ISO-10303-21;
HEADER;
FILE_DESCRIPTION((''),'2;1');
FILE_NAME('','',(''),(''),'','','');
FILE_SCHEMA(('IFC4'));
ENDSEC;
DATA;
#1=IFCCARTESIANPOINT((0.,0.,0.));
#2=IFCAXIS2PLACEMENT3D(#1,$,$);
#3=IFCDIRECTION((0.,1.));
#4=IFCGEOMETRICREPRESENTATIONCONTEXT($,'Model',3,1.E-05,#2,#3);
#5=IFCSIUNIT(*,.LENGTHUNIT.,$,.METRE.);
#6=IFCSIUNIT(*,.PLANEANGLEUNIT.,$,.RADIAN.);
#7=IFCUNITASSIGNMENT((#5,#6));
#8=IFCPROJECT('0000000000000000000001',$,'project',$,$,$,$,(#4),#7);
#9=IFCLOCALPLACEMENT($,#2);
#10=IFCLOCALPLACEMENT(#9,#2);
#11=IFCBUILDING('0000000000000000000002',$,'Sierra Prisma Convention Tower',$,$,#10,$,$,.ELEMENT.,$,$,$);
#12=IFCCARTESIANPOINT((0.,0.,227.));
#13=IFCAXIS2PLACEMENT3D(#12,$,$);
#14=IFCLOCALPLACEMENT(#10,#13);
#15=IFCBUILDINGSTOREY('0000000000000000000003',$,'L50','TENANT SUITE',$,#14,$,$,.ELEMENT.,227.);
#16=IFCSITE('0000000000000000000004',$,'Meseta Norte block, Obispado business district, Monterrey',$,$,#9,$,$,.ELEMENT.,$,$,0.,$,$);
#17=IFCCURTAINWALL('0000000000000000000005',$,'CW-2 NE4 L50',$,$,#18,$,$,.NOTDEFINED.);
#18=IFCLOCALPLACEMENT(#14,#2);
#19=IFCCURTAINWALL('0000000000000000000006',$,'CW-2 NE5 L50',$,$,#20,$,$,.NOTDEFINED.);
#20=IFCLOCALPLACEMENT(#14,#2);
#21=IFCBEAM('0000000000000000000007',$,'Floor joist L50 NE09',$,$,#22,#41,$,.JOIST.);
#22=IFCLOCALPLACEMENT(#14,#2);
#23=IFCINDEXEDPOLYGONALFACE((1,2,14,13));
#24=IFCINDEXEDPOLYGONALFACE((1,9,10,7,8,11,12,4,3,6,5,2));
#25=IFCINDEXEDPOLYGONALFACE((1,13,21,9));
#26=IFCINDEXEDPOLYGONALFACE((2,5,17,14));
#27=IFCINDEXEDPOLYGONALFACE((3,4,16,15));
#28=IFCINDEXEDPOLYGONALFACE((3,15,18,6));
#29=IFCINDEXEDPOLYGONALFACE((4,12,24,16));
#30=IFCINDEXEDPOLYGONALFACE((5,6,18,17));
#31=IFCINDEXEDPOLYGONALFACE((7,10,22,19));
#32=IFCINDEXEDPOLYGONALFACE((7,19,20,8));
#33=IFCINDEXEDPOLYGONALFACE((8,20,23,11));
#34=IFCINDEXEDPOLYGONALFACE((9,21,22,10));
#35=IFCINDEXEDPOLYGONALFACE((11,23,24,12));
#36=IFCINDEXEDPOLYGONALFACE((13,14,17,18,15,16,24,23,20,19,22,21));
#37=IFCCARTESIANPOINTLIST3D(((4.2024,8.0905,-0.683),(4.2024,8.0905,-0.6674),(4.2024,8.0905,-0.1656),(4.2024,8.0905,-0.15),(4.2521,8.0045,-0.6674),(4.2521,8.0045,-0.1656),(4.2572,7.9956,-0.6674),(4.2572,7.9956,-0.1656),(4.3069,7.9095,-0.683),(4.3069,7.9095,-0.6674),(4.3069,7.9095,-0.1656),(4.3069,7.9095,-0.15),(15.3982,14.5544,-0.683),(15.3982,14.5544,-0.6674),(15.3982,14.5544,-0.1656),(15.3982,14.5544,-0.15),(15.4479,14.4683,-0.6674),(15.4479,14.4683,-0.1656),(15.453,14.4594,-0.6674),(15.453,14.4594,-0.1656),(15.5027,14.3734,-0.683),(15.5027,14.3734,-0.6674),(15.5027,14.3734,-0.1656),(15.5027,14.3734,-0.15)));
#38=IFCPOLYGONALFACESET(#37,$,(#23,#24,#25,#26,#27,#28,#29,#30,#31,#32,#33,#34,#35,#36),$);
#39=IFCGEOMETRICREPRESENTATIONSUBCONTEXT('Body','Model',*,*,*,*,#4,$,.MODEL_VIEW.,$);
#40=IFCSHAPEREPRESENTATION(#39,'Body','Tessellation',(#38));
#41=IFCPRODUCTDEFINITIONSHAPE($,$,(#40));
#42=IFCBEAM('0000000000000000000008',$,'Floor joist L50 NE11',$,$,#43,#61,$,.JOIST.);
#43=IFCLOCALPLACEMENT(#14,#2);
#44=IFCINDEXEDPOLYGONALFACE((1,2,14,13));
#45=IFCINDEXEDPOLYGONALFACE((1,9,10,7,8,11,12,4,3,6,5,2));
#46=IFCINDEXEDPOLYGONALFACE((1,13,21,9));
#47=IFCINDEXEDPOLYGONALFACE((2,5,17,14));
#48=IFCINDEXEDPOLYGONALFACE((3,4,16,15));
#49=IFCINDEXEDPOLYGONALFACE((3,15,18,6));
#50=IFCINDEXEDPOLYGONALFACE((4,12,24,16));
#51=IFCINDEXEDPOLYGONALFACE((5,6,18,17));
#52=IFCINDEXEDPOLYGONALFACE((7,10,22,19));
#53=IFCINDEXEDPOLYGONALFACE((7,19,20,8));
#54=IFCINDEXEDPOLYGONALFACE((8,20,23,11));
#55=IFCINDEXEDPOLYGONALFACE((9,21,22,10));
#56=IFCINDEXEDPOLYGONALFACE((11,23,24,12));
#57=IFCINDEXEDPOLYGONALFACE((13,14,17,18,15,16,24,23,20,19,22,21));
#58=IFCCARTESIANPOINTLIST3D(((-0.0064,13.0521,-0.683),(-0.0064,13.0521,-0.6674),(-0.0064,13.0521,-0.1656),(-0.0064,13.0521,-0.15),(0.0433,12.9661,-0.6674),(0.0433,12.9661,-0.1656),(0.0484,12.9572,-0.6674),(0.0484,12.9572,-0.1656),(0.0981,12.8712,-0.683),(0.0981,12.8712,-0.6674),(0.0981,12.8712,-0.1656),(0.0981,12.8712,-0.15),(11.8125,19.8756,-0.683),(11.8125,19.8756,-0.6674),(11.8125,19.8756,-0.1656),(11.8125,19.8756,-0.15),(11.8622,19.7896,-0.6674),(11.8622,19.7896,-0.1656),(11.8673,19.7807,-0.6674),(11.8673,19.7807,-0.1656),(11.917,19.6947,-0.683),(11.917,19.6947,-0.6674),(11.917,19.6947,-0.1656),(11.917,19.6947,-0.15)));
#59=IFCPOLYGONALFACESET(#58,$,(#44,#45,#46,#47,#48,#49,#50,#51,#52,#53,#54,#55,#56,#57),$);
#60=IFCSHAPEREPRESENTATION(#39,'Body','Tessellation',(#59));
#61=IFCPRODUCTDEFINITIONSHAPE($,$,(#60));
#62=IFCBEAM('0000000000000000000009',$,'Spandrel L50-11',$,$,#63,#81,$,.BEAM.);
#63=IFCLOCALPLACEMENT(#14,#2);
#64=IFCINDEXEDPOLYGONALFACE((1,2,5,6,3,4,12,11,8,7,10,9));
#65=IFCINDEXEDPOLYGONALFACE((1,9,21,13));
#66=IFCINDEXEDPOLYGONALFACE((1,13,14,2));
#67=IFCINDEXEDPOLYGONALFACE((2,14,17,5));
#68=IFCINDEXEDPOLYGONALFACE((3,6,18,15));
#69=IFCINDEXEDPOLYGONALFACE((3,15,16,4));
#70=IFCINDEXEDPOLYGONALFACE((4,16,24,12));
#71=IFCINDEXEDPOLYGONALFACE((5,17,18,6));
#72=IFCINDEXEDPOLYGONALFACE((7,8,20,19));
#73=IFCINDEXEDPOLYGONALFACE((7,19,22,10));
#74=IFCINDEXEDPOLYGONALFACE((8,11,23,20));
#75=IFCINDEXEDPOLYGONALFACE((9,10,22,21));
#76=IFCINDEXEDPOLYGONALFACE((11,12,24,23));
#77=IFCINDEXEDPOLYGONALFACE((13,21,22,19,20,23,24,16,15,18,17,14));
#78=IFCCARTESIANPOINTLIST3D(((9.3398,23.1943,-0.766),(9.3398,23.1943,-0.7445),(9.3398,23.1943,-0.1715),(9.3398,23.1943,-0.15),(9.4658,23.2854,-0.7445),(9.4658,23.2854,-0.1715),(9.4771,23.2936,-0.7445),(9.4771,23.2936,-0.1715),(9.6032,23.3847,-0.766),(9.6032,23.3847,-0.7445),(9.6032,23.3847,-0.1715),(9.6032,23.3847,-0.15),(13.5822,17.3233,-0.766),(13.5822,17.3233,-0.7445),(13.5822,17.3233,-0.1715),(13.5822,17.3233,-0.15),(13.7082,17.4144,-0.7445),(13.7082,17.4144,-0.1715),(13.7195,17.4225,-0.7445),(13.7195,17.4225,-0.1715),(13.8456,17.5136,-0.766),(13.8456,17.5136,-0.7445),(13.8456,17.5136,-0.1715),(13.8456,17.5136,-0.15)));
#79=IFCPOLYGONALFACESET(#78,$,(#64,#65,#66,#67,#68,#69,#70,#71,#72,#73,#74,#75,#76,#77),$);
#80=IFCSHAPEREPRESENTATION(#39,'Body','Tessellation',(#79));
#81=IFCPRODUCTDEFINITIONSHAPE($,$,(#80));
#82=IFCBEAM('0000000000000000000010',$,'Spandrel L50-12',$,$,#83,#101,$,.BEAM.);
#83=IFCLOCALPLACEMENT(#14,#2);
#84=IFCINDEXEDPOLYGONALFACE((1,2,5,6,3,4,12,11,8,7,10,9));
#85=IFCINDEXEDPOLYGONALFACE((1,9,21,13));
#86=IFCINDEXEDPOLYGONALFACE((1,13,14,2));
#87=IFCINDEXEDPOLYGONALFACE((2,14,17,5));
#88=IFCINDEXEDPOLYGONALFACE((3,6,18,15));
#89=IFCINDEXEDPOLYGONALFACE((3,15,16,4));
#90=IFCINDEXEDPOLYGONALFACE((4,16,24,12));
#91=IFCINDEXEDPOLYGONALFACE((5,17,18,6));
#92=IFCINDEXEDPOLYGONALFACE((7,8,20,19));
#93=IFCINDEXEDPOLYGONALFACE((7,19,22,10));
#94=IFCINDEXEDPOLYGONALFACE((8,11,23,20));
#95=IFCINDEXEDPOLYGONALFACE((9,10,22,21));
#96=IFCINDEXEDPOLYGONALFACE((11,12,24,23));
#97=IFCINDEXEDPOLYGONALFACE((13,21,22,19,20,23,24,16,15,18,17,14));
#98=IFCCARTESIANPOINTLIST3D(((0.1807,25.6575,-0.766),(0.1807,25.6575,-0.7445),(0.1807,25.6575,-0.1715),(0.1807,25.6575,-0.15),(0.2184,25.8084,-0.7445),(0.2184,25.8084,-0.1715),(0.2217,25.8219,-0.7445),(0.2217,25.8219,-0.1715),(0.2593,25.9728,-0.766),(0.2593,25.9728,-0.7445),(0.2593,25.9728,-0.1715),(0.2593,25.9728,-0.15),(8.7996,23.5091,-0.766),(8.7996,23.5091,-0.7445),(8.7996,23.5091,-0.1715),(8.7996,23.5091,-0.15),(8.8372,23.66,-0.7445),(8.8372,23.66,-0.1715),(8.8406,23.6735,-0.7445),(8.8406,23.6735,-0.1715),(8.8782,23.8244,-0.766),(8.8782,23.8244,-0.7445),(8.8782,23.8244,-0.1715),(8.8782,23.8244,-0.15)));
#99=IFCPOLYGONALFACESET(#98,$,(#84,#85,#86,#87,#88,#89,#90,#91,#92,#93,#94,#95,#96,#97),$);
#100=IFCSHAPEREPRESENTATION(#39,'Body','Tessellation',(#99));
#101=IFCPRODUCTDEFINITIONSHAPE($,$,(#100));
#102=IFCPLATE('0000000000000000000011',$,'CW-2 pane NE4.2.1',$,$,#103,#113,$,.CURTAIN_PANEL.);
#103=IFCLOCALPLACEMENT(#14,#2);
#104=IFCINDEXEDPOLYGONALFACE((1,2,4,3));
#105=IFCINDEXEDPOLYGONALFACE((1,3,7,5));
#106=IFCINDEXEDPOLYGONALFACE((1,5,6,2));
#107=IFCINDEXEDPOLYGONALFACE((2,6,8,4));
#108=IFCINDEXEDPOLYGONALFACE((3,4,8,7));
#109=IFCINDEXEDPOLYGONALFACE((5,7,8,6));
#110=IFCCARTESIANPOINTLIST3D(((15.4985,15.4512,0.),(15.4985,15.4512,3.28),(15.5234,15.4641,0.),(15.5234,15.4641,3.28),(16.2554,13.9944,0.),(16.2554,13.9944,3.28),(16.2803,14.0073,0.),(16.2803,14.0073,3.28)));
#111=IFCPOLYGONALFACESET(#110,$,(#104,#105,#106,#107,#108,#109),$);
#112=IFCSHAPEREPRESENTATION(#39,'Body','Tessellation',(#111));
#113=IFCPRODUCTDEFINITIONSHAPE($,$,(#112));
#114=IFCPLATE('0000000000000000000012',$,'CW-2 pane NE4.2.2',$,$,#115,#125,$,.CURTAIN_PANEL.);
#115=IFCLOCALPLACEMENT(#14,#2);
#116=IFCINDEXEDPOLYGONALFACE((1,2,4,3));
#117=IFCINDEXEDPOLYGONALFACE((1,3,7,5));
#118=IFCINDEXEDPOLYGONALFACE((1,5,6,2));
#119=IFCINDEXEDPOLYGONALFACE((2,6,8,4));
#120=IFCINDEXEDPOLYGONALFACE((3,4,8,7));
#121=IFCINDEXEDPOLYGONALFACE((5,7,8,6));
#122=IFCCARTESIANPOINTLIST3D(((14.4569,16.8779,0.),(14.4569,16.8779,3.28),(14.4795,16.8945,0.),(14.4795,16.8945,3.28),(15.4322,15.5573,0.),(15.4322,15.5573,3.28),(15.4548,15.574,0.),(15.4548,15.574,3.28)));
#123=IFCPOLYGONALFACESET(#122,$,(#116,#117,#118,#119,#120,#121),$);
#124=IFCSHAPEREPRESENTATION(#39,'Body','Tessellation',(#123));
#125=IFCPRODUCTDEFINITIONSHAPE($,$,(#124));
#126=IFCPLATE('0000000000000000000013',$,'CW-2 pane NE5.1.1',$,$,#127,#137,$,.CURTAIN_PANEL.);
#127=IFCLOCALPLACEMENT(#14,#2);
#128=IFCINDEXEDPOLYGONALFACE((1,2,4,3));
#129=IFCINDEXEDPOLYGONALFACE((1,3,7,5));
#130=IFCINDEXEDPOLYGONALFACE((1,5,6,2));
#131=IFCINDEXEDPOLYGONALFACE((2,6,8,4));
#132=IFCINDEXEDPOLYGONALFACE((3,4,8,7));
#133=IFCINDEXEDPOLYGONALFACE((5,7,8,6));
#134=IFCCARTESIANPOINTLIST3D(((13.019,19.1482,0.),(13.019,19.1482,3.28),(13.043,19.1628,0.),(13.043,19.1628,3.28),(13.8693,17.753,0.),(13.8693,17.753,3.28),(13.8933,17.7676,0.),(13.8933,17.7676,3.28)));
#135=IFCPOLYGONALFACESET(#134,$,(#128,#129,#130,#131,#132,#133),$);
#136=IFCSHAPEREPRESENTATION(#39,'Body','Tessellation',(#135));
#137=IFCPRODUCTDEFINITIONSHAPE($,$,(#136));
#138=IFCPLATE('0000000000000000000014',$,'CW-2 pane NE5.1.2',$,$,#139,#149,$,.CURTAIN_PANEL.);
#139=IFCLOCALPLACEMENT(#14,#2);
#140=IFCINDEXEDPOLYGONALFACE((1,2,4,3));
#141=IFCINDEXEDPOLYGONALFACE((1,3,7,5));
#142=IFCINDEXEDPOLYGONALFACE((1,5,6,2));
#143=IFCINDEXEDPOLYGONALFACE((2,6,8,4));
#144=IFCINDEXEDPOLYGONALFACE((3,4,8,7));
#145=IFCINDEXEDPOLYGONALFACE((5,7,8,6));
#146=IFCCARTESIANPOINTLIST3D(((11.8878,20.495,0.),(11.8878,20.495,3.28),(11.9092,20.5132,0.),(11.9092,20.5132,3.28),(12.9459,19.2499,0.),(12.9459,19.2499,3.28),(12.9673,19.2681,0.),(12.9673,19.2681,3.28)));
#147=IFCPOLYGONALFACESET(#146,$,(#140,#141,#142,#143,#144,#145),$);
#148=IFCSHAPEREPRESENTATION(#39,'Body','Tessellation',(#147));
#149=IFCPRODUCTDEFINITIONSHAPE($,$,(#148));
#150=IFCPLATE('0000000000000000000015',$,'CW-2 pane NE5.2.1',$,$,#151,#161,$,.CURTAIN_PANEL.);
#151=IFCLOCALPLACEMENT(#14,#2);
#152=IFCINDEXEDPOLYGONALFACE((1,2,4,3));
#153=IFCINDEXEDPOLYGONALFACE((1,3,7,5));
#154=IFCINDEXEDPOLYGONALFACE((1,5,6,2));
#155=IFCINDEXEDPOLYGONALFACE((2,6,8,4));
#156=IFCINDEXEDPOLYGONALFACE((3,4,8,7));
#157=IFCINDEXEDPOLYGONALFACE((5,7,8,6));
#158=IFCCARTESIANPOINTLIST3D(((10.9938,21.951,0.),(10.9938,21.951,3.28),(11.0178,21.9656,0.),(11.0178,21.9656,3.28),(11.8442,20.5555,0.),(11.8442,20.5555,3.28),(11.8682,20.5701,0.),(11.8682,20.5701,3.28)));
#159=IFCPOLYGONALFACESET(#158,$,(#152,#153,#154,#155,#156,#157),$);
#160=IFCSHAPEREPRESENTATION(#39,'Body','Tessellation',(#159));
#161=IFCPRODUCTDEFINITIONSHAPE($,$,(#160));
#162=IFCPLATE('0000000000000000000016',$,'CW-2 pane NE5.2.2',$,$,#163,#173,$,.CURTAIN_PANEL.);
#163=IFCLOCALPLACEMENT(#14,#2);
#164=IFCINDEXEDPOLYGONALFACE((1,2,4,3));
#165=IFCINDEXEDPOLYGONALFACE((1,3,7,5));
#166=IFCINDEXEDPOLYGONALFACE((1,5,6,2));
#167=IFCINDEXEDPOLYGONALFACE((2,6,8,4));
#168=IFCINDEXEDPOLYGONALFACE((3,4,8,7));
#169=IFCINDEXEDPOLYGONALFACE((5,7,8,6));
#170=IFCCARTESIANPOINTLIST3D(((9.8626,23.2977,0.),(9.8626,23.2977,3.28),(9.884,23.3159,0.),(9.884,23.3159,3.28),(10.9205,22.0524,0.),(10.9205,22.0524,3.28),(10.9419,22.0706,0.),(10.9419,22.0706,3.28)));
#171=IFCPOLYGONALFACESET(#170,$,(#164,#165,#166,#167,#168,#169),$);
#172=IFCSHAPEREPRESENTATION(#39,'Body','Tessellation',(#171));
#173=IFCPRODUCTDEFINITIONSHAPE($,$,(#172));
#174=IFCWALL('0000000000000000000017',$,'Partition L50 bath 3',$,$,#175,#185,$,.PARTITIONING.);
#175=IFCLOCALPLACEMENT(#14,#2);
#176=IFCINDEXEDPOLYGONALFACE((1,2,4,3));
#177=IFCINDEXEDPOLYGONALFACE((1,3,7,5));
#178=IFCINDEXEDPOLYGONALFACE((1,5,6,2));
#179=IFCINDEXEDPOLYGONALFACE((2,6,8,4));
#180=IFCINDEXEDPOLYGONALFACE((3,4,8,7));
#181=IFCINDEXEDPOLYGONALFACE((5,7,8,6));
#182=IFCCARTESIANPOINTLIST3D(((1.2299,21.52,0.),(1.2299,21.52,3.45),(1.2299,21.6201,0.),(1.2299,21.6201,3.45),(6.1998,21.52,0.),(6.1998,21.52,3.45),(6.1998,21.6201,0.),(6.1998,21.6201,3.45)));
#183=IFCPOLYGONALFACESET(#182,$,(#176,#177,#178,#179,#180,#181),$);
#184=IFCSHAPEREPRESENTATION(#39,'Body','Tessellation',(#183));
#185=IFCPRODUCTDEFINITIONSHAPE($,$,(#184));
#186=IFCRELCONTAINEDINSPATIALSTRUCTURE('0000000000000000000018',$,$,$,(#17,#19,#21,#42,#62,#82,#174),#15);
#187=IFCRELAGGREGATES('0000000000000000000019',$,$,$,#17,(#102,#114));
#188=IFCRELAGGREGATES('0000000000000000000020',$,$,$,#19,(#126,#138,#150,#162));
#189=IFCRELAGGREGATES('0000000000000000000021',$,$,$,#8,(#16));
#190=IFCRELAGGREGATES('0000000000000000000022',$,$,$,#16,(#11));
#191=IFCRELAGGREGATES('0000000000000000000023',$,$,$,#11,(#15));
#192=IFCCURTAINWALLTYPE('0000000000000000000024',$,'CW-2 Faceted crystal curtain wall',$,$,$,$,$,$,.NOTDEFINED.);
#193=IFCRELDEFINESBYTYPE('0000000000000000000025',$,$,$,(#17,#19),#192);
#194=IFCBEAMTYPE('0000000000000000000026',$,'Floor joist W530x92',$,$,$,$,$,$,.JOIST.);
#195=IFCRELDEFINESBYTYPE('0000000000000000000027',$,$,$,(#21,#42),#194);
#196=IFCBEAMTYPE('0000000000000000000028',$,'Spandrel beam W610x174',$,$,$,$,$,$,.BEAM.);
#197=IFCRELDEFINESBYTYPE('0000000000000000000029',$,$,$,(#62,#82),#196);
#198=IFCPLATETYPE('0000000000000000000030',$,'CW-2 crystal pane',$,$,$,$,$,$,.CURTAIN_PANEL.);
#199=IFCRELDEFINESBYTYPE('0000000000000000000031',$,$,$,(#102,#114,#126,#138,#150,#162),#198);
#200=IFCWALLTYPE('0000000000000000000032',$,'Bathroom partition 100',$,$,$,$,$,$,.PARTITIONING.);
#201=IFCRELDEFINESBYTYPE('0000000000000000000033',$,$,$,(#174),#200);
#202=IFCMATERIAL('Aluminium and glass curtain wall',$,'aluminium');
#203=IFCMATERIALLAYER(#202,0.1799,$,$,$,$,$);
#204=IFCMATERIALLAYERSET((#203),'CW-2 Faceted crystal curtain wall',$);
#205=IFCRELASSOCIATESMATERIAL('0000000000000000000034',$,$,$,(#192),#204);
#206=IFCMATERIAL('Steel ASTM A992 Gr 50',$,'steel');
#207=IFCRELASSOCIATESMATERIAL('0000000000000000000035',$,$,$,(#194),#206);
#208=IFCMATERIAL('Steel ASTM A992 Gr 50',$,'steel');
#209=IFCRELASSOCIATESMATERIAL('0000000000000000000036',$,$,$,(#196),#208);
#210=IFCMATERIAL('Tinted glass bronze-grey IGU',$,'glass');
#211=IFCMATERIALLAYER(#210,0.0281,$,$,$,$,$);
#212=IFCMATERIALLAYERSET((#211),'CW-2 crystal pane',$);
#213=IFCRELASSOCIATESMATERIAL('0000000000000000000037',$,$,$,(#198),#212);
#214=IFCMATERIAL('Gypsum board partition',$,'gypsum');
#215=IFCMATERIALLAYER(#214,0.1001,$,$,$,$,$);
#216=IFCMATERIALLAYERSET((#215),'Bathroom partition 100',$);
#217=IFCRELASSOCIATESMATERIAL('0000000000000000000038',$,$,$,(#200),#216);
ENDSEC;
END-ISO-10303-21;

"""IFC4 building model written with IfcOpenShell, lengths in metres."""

from ifc_helpers import new_model, si_unit, direction, frame, frame_2d, origin, origin_2d, place, context, subcontext, project, spatial, polyline, rectangle, i_section, outline, extrude, material, layer, layer_set, material_profile, profile_set, type_object, element, aggregate, save


model = new_model("IFC4")

# Units and contexts
model_context = context("Model", 3, precision=1e-05, world=origin(), true_north=direction((0.0, 1.0)))
body_context = subcontext(model_context, "Body", "Model", "MODEL_VIEW")
ifc_project = project(units=[si_unit("LENGTHUNIT", "METRE"), si_unit("PLANEANGLEUNIT", "RADIAN")], contexts=[model_context])

# Site, building, storey
site_placement = place(None, origin())
site = spatial("IfcSite", under=ifc_project, at=site_placement, Name="Meseta Norte block, Obispado business district, Monterrey", CompositionType="ELEMENT", RefElevation=0.0)
building_placement = place(site_placement, origin())
building = spatial("IfcBuilding", under=site, at=building_placement, Name="Sierra Prisma Convention Tower", CompositionType="ELEMENT")
storey_placement = place(building_placement, frame((0.0, 0.0, 227.0)))
storey = spatial("IfcBuildingStorey", under=building, at=storey_placement, Name="L50", Description="TENANT SUITE", CompositionType="ELEMENT", Elevation=227.0)

# Curtain wall
ifc_material_1 = material(Name="Aluminium and glass curtain wall", Category="aluminium")
ifc_layer_1 = layer(ifc_material_1, 0.1799)
ifc_layer_set_1 = layer_set([ifc_layer_1], Name="CW-2 Faceted crystal curtain wall")
curtain_wall_type = type_object("IfcCurtainWallType", Name="CW-2 Faceted crystal curtain wall", PredefinedType="NOTDEFINED", material=ifc_layer_set_1)
curtain_wall_1_placement = place(storey_placement, origin())
curtain_wall_1 = element("IfcCurtainWall", 1, at=curtain_wall_1_placement, inside=storey, type_object=curtain_wall_type, Name="CW-2 NE4 L50", PredefinedType="NOTDEFINED")

# Curtain wall
curtain_wall_2_placement = place(storey_placement, origin())
curtain_wall_2 = element("IfcCurtainWall", 2, at=curtain_wall_2_placement, inside=storey, type_object=curtain_wall_type, Name="CW-2 NE5 L50", PredefinedType="NOTDEFINED")

# Beams
ifc_material_2 = material(Name="Steel ASTM A992 Gr 50", Category="steel")
ifc_material_profile_1 = material_profile(ifc_material_2, i_section(OverallWidth=0.209, OverallDepth=0.533, WebThickness=0.0103, FlangeThickness=0.0156, at=origin_2d()), Name="W530x92")
ifc_profile_set_1 = profile_set([ifc_material_profile_1], Name="Steel ASTM A992 Gr 50")
beam_type_1 = type_object("IfcBeamType", Name="Floor joist W530x92", PredefinedType="JOIST", material=ifc_profile_set_1)
beam_1_placement = place(storey_placement, frame((15.4504, 14.4639, -0.4165), z_axis=(-0.866026, -0.499998, 0.0), x_axis=(0.499998, -0.866026, 0.0)))
element("IfcBeam", 3, at=beam_1_placement, inside=storey, type_object=beam_type_1, Name="Floor joist L50 NE09", PredefinedType="JOIST", context=body_context, shape_type="SweptSolid", body=[
    extrude(i_section(OverallWidth=0.209, OverallDepth=0.533, WebThickness=0.0103, FlangeThickness=0.0156, at=origin_2d()), origin(), (0.0, 0.0, 1.0), 12.9277),
])
beam_2_placement = place(storey_placement, frame((11.8647, 19.7852, -0.4165), z_axis=(-0.866029, -0.499993, 0.0), x_axis=(0.499993, -0.866029, 0.0)))
element("IfcBeam", 4, at=beam_2_placement, inside=storey, type_object=beam_type_1, Name="Floor joist L50 NE11", PredefinedType="JOIST", context=body_context, shape_type="SweptSolid", body=[
    extrude(i_section(OverallWidth=0.209, OverallDepth=0.533, WebThickness=0.0103, FlangeThickness=0.0156, at=origin_2d()), origin(), (0.0, 0.0, 1.0), 13.6472),
])
ifc_material_3 = material(Name="Steel ASTM A992 Gr 50", Category="steel")
ifc_material_profile_2 = material_profile(ifc_material_3, i_section(OverallWidth=0.325, OverallDepth=0.616, WebThickness=0.0139, FlangeThickness=0.0215, at=origin_2d()), Name="W610x174")
ifc_profile_set_2 = profile_set([ifc_material_profile_2], Name="Steel ASTM A992 Gr 50")
beam_type_2 = type_object("IfcBeamType", Name="Spandrel beam W610x174", PredefinedType="BEAM", material=ifc_profile_set_2)
beam_3_placement = place(storey_placement, frame((13.7139, 17.4185, -0.458), z_axis=(-0.58569, 0.810535, 0.0), x_axis=(-0.810535, -0.58569, 0.0)))
element("IfcBeam", 5, at=beam_3_placement, inside=storey, type_object=beam_type_2, Name="Spandrel L50-11", PredefinedType="BEAM", context=body_context, shape_type="SweptSolid", body=[
    extrude(i_section(OverallWidth=0.325, OverallDepth=0.616, WebThickness=0.0139, FlangeThickness=0.0215, at=origin_2d()), origin(), (0.0, 0.0, 1.0), 7.2434),
])
beam_4_placement = place(storey_placement, frame((8.8389, 23.6667, -0.458), z_axis=(-0.970309, 0.241869, 0.0), x_axis=(-0.241869, -0.970309, 0.0)))
element("IfcBeam", 6, at=beam_4_placement, inside=storey, type_object=beam_type_2, Name="Spandrel L50-12", PredefinedType="BEAM", context=body_context, shape_type="SweptSolid", body=[
    extrude(i_section(OverallWidth=0.325, OverallDepth=0.616, WebThickness=0.0139, FlangeThickness=0.0215, at=origin_2d()), origin(), (0.0, 0.0, 1.0), 8.8826),
])

# Plates
ifc_material_4 = material(Name="Tinted glass bronze-grey IGU", Category="glass")
ifc_layer_2 = layer(ifc_material_4, 0.0281)
ifc_layer_set_2 = layer_set([ifc_layer_2], Name="CW-2 crystal pane")
plate_type = type_object("IfcPlateType", Name="CW-2 crystal pane", PredefinedType="CURTAIN_PANEL", material=ifc_layer_set_2)
plate_1_placement = place(storey_placement, frame((16.2803, 14.0073, 0.0), z_axis=(0.88739, 0.46102, 0.0), x_axis=(-0.46102, 0.88739, 0.0)))
plate_1 = element("IfcPlate", 7, at=plate_1_placement, type_object=plate_type, Name="CW-2 pane NE4.2.1", PredefinedType="CURTAIN_PANEL", context=body_context, shape_type="SweptSolid", body=[
    extrude(outline(polyline([(0.0, 0.0), (1.6417, 0.0), (1.6417, 3.28), (0.0, 3.28), (0.0, 0.0)])), origin(), (0.0, 0.0, -1.0), 0.0281),
])
plate_2_placement = place(storey_placement, frame((14.4795, 16.8945, 0.0), z_axis=(0.804386, 0.594107, 0.0), x_axis=(0.594107, -0.804386, 0.0)))
plate_2 = element("IfcPlate", 8, at=plate_2_placement, type_object=plate_type, Name="CW-2 pane NE4.2.2", PredefinedType="CURTAIN_PANEL", context=body_context, shape_type="SweptSolid", body=[
    extrude(outline(polyline([(0.0, 0.0), (1.6417, 0.0), (1.6417, -3.28), (0.0, -3.28), (0.0, 0.0)])), origin(), (0.0, 0.0, -1.0), 0.0281),
])
aggregate(curtain_wall_1, [plate_1, plate_2])
plate_3_placement = place(storey_placement, frame((13.8933, 17.7676, 0.0), z_axis=(0.853913, 0.520416, 0.0), x_axis=(-0.520416, 0.853913, 0.0)))
plate_3 = element("IfcPlate", 9, at=plate_3_placement, type_object=plate_type, Name="CW-2 pane NE5.1.1", PredefinedType="CURTAIN_PANEL", context=body_context, shape_type="SweptSolid", body=[
    extrude(outline(polyline([(0.0, 0.0), (1.634, 0.0), (1.634, 3.28), (0.0, 3.28), (0.0, 0.0)])), origin(), (0.0, 0.0, -1.0), 0.0281),
])
plate_4_placement = place(storey_placement, frame((11.9092, 20.5132, 0.0), z_axis=(0.762013, 0.647562, 0.0), x_axis=(0.647562, -0.762013, 0.0)))
plate_4 = element("IfcPlate", 10, at=plate_4_placement, type_object=plate_type, Name="CW-2 pane NE5.1.2", PredefinedType="CURTAIN_PANEL", context=body_context, shape_type="SweptSolid", body=[
    extrude(outline(polyline([(0.0, 0.0), (1.634, 0.0), (1.634, -3.28), (0.0, -3.28), (0.0, 0.0)])), origin(), (0.0, 0.0, -1.0), 0.0281),
])
plate_5_placement = place(storey_placement, frame((11.8682, 20.5701, 0.0), z_axis=(0.853953, 0.52035, 0.0), x_axis=(-0.52035, 0.853953, 0.0)))
plate_5 = element("IfcPlate", 11, at=plate_5_placement, type_object=plate_type, Name="CW-2 pane NE5.2.1", PredefinedType="CURTAIN_PANEL", context=body_context, shape_type="SweptSolid", body=[
    extrude(outline(polyline([(0.0, 0.0), (1.6342, 0.0), (1.6342, 3.28), (0.0, 3.28), (0.0, 0.0)])), origin(), (0.0, 0.0, -1.0), 0.0281),
])
plate_6_placement = place(storey_placement, frame((9.884, 23.3159, 0.0), z_axis=(0.762149, 0.647401, 0.0), x_axis=(0.647401, -0.762149, 0.0)))
plate_6 = element("IfcPlate", 12, at=plate_6_placement, type_object=plate_type, Name="CW-2 pane NE5.2.2", PredefinedType="CURTAIN_PANEL", context=body_context, shape_type="SweptSolid", body=[
    extrude(outline(polyline([(0.0, 0.0), (1.634, 0.0), (1.634, -3.28), (0.0, -3.28), (0.0, 0.0)])), origin(), (0.0, 0.0, -1.0), 0.0281),
])
aggregate(curtain_wall_2, [plate_3, plate_4, plate_5, plate_6])

# Wall
ifc_material_5 = material(Name="Gypsum board partition", Category="gypsum")
ifc_layer_3 = layer(ifc_material_5, 0.1001)
ifc_layer_set_3 = layer_set([ifc_layer_3], Name="Bathroom partition 100")
wall_type_1 = type_object("IfcWallType", Name="Bathroom partition 100", PredefinedType="PARTITIONING", material=ifc_layer_set_3)
wall_1_placement = place(storey_placement, frame((1.23, 21.5701, 0.0), z_axis=(0.0, 0.0, 1.0), x_axis=(1.0, 0.0, 0.0)))
element("IfcWall", 13, at=wall_1_placement, inside=storey, type_object=wall_type_1, Name="Partition L50 bath 3", PredefinedType="PARTITIONING", context=body_context, shape_type="SweptSolid", body=[
    extrude(rectangle(XDim=4.97, YDim=0.1001, at=frame_2d((2.4849, 0.0))), origin(), (0.0, 0.0, 1.0), 3.45),
])

save(model, "model.ifc")
